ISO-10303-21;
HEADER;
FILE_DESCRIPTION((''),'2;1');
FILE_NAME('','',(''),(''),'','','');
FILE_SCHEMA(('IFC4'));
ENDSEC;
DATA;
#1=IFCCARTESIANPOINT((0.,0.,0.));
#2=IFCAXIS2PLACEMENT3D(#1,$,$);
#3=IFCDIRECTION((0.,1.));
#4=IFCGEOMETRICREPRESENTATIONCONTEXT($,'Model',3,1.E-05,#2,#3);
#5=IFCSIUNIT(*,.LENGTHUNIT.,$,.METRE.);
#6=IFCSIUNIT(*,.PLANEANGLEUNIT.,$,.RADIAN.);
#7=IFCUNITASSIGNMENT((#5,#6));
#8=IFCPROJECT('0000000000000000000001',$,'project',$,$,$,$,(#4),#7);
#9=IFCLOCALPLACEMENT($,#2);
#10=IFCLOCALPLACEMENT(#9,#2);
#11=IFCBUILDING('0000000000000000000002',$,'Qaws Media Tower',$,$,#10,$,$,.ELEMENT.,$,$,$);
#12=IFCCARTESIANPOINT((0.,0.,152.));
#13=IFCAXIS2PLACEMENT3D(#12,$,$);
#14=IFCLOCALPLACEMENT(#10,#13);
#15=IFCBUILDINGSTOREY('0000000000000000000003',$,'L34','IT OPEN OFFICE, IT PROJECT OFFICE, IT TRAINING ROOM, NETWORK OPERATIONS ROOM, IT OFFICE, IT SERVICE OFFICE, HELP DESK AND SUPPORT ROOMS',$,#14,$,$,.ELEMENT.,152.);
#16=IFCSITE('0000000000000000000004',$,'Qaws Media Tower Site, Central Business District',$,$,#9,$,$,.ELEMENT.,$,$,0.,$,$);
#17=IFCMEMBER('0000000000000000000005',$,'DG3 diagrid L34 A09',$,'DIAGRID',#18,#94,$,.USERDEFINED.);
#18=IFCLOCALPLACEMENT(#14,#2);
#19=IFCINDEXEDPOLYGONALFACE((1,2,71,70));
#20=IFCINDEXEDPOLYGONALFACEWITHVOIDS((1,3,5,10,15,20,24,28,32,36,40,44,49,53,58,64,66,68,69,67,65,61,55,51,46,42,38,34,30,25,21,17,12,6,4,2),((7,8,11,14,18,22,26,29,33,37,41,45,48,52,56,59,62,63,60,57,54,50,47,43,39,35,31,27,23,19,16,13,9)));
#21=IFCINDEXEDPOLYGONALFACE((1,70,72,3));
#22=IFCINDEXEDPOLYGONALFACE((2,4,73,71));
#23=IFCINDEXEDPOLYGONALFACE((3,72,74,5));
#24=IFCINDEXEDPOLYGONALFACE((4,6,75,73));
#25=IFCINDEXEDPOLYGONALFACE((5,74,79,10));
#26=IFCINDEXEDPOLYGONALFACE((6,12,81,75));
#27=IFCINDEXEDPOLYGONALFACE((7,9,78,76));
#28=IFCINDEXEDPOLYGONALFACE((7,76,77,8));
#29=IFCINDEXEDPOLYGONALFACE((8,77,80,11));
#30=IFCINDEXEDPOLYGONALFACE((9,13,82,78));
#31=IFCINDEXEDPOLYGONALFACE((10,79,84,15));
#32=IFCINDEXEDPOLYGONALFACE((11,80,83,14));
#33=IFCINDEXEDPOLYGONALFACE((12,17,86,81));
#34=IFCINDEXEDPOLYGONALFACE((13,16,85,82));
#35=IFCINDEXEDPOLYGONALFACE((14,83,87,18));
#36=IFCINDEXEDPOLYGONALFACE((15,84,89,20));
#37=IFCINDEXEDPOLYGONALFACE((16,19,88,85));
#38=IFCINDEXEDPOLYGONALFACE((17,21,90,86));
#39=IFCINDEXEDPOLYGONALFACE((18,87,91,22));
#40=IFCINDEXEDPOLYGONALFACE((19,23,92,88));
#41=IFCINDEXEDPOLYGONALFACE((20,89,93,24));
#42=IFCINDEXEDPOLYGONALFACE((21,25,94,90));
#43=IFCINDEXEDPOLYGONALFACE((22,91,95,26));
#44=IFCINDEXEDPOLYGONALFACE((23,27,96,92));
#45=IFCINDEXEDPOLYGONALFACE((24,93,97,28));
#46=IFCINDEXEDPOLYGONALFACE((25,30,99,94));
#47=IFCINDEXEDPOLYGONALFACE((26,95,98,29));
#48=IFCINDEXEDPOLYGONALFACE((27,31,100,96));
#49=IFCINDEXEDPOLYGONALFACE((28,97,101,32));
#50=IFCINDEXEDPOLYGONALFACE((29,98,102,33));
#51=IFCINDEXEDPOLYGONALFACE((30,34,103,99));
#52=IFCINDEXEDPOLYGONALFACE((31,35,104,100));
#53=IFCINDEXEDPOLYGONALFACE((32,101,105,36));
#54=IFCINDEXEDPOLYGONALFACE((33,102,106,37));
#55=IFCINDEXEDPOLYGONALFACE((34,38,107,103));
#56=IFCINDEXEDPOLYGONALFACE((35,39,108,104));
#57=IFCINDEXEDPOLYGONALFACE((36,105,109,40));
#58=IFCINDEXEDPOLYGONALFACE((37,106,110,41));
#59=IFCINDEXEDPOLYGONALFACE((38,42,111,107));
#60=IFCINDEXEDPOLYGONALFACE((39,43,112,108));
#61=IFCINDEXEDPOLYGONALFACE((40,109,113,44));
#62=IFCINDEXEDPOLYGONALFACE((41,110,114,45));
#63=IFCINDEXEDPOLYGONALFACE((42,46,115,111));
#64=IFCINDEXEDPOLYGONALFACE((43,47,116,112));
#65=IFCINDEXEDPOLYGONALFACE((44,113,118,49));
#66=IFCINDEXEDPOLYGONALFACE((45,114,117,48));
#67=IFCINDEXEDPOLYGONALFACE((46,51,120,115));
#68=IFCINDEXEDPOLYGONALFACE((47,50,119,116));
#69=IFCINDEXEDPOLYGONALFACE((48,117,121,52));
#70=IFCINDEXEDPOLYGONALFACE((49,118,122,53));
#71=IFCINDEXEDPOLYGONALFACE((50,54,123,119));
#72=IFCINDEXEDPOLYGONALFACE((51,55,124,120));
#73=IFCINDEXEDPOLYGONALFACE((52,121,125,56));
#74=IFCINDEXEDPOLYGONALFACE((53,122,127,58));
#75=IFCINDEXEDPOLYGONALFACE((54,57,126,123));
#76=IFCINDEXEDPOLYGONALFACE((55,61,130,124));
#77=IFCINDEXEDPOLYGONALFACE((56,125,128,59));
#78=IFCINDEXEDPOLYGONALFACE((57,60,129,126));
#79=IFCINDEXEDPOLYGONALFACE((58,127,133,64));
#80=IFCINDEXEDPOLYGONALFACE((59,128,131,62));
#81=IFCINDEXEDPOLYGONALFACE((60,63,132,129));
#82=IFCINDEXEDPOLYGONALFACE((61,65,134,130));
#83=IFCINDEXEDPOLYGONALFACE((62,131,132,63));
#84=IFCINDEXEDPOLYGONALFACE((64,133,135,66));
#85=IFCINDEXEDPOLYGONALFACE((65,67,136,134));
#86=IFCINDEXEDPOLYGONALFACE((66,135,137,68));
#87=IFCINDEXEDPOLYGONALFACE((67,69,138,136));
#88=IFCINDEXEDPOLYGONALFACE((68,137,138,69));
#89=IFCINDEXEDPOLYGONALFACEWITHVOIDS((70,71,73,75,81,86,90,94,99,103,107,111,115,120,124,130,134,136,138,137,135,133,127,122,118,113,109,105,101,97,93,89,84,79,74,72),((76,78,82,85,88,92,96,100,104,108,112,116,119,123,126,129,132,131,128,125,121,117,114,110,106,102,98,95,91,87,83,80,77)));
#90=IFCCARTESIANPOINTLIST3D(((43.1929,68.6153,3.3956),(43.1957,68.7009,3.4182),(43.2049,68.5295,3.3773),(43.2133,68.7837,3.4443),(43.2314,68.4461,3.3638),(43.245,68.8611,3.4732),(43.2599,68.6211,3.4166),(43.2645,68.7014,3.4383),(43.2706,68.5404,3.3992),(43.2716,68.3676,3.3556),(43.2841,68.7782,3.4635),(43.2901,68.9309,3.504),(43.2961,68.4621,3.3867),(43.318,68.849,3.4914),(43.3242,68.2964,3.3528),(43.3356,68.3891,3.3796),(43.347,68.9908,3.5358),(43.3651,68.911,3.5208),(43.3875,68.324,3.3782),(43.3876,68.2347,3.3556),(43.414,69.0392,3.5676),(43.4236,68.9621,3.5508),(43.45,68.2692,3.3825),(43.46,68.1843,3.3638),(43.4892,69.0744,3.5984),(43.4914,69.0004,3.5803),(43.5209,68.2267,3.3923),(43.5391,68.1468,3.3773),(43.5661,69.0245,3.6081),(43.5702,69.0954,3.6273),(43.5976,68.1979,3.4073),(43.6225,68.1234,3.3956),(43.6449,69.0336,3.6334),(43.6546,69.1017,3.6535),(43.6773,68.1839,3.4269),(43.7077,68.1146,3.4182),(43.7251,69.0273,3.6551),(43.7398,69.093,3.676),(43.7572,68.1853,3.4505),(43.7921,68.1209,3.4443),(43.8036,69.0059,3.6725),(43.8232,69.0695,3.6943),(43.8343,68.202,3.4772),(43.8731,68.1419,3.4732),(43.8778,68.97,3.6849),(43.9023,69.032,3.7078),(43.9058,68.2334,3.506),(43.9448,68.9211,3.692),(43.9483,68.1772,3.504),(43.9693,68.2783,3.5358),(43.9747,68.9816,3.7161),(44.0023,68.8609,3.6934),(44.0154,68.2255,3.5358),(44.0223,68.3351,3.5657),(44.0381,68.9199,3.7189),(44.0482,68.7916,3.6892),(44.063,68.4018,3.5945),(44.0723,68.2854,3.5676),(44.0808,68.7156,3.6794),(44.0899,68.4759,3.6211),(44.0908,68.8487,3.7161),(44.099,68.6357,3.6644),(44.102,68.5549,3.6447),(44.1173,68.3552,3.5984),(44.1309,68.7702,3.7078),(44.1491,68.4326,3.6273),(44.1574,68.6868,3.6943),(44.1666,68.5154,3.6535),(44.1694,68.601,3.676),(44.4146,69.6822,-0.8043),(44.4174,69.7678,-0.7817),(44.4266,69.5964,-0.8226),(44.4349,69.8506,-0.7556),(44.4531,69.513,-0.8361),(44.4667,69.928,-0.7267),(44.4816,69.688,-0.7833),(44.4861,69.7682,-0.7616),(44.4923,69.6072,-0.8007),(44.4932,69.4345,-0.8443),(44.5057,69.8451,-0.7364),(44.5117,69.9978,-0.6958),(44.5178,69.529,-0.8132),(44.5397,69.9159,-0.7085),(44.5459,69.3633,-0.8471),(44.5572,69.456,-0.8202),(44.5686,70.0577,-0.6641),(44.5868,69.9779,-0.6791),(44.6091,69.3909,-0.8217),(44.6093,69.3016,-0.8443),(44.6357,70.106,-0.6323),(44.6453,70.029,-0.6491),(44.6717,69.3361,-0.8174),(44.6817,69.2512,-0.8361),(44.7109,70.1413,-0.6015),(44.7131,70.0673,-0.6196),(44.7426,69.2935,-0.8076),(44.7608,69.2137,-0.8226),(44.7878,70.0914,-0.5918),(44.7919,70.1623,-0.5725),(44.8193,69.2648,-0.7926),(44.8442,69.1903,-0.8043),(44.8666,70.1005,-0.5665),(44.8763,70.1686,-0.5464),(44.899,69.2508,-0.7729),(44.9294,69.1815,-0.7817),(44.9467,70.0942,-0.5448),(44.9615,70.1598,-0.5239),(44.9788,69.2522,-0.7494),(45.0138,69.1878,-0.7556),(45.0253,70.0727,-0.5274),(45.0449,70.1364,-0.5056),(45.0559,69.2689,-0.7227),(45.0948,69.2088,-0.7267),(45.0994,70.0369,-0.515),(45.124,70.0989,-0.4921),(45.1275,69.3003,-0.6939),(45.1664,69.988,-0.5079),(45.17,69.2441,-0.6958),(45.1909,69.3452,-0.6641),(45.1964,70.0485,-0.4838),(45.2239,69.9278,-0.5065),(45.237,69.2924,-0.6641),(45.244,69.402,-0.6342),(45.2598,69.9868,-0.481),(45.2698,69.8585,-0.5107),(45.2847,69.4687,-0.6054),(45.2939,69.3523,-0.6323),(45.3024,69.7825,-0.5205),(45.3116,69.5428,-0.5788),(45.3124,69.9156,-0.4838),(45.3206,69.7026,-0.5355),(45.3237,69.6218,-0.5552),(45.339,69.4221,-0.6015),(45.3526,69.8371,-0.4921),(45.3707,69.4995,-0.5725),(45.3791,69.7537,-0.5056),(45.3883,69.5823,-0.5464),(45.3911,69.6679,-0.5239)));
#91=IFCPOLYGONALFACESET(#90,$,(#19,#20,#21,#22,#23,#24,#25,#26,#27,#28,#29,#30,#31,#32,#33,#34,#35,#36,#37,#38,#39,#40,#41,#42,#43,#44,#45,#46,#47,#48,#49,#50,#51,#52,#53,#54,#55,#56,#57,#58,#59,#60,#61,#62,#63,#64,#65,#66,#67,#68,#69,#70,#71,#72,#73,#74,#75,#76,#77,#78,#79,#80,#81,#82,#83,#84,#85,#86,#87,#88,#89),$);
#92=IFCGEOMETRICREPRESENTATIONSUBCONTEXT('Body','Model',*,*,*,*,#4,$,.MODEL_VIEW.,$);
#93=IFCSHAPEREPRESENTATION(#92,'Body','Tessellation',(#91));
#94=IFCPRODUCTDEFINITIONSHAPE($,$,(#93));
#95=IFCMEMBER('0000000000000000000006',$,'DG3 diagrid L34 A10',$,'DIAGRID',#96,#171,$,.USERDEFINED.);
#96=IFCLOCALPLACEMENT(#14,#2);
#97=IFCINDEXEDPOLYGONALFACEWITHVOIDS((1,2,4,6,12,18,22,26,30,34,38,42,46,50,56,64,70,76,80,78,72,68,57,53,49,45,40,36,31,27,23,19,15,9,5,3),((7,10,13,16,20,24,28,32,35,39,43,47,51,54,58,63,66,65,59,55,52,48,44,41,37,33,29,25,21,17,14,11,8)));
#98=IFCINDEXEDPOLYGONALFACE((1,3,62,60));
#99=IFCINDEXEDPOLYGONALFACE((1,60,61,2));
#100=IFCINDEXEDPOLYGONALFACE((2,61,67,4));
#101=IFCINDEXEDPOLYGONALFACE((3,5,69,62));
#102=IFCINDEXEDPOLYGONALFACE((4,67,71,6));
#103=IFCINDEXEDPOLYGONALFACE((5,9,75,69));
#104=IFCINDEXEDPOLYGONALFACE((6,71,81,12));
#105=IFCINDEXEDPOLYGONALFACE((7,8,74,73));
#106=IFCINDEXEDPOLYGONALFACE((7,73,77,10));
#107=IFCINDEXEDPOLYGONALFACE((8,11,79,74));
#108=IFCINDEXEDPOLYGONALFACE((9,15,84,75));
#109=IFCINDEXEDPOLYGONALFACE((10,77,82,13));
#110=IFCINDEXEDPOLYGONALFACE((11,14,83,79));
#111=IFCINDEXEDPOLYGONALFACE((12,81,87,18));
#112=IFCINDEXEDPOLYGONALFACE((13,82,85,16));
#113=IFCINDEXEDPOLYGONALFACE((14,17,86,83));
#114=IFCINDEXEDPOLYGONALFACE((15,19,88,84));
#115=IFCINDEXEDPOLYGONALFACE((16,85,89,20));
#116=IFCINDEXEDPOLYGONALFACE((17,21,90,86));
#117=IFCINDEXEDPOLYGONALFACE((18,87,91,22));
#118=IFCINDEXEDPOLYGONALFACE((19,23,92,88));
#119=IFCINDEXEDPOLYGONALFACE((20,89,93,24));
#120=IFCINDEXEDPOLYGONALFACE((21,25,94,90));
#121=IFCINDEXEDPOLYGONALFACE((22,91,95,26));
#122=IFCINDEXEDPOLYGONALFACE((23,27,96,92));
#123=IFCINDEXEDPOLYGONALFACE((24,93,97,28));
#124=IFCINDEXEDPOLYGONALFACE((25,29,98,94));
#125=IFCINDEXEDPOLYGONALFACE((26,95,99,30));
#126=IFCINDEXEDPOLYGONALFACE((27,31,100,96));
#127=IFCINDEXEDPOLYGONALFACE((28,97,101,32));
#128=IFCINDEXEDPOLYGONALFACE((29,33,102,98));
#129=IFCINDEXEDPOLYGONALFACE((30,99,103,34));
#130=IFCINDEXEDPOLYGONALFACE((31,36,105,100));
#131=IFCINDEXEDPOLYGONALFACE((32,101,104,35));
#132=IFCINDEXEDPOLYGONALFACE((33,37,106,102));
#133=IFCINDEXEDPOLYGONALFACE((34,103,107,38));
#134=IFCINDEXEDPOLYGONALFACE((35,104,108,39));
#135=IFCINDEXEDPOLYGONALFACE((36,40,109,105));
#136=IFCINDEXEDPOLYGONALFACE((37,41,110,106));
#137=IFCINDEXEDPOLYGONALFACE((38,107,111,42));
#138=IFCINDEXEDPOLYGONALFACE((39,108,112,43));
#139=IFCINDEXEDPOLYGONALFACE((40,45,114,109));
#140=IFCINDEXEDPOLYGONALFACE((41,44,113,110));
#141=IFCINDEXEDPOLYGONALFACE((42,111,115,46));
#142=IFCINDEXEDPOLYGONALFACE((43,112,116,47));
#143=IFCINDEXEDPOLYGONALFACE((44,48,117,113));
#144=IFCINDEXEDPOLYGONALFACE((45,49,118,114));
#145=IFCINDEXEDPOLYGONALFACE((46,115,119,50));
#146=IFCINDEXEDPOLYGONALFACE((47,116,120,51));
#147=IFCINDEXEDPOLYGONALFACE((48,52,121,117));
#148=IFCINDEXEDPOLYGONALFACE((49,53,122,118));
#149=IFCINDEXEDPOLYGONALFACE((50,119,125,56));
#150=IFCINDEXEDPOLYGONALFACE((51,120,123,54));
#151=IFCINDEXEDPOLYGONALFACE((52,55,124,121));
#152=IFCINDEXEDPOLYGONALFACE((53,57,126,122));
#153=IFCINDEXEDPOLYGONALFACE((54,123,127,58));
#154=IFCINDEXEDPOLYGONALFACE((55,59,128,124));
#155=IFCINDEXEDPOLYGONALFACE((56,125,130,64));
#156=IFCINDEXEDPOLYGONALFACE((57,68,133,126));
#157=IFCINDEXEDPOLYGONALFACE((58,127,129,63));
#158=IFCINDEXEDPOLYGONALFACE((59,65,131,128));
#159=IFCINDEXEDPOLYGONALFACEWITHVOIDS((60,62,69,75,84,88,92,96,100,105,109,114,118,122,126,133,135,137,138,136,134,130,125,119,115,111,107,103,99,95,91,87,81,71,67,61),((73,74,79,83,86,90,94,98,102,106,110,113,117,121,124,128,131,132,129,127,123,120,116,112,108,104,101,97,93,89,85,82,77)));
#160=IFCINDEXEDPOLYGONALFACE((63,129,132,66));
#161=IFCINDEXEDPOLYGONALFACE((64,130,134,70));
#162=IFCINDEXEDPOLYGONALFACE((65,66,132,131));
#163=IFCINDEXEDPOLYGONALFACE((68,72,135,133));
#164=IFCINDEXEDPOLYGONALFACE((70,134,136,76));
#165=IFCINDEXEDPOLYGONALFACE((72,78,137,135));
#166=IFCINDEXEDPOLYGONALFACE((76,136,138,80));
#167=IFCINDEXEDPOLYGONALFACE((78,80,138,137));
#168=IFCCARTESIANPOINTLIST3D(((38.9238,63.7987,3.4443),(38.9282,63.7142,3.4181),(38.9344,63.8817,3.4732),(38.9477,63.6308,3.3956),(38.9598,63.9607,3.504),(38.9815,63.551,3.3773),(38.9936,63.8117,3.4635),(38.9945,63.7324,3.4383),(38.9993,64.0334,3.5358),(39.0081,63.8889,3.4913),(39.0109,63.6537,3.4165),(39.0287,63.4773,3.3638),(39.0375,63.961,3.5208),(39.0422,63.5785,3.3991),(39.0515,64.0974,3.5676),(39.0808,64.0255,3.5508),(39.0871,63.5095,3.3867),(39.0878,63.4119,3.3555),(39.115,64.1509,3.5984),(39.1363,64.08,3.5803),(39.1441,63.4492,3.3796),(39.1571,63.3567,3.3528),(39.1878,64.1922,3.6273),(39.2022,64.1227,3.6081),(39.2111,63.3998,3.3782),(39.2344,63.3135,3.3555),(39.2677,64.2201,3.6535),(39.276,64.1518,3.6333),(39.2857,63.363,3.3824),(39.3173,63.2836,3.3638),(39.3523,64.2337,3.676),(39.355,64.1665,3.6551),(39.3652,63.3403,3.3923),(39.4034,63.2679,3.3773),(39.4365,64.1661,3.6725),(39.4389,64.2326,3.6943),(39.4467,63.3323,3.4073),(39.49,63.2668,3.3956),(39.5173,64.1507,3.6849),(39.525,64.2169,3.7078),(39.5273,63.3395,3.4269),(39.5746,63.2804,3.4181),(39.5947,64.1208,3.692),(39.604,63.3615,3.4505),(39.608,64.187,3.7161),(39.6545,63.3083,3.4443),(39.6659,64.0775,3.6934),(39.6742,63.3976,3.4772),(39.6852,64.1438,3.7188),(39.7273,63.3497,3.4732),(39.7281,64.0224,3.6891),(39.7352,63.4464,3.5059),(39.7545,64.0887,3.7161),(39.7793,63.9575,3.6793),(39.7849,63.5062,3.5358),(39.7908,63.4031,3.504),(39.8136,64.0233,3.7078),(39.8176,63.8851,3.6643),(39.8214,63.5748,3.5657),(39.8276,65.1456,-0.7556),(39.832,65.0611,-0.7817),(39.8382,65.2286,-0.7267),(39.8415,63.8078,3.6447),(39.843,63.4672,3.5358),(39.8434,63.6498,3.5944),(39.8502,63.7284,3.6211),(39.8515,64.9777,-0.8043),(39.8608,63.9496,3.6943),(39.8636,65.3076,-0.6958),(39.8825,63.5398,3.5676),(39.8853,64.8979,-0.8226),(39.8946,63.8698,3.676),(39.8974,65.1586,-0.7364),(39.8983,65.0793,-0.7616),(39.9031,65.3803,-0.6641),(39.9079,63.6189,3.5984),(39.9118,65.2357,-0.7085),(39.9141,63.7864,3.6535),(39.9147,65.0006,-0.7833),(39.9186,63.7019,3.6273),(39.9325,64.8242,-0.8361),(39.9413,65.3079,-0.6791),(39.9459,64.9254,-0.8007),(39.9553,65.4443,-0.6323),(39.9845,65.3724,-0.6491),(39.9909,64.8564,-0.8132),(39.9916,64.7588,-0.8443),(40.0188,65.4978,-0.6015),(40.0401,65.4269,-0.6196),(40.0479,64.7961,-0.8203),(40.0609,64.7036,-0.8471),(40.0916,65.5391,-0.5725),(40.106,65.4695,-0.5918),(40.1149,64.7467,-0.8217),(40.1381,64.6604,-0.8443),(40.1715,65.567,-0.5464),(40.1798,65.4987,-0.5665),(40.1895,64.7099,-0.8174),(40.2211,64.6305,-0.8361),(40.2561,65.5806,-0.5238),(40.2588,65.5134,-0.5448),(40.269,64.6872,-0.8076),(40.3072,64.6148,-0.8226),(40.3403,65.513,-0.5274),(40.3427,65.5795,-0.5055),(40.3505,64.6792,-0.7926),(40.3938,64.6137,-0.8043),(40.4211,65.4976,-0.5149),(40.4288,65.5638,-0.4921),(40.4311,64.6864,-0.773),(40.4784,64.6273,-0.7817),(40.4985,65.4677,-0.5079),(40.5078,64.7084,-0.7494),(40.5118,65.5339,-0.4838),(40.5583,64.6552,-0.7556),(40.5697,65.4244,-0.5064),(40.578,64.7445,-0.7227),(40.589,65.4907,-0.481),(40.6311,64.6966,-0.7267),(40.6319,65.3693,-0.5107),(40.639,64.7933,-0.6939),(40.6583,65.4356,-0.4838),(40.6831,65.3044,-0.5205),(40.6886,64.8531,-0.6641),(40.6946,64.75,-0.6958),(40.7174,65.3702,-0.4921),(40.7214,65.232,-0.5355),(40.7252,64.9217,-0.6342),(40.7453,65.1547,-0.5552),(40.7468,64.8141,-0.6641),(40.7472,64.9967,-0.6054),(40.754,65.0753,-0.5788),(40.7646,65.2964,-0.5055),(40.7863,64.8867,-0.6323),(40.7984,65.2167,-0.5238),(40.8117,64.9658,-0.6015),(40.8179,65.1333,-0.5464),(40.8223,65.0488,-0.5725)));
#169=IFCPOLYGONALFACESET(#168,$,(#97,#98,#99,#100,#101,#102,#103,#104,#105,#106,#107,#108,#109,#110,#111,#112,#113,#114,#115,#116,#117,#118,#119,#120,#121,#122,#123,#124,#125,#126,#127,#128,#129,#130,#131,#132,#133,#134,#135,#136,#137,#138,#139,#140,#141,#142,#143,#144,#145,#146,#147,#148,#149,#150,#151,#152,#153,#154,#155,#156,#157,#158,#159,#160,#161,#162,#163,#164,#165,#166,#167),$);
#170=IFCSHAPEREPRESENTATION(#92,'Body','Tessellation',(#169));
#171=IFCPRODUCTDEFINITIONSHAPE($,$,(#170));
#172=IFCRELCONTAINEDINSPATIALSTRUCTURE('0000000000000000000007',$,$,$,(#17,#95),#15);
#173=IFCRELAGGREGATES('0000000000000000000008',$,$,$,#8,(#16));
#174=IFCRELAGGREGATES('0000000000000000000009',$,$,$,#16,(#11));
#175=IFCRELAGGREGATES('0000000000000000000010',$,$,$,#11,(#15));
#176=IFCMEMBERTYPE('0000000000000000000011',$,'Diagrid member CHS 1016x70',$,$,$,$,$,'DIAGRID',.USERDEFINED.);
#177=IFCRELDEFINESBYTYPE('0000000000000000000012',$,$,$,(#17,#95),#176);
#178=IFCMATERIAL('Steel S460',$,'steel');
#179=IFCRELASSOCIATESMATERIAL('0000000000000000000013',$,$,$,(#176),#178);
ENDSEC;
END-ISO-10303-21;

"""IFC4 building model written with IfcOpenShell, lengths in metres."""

from ifc_helpers import new_model, si_unit, direction, frame, origin, origin_2d, place, context, subcontext, project, spatial, hollow_circle, extrude, material, material_profile, profile_set, type_object, element, save


model = new_model("IFC4")

# Units and contexts
model_context = context("Model", 3, precision=1e-05, world=origin(), true_north=direction((0.0, 1.0)))
body_context = subcontext(model_context, "Body", "Model", "MODEL_VIEW")
ifc_project = project(units=[si_unit("LENGTHUNIT", "METRE"), si_unit("PLANEANGLEUNIT", "RADIAN")], contexts=[model_context])

# Site, building, storey
site_placement = place(None, origin())
site = spatial("IfcSite", under=ifc_project, at=site_placement, Name="Qaws Media Tower Site, Central Business District", CompositionType="ELEMENT", RefElevation=0.0)
building_placement = place(site_placement, origin())
building = spatial("IfcBuilding", under=site, at=building_placement, Name="Qaws Media Tower", CompositionType="ELEMENT")
storey_placement = place(building_placement, frame((0.0, 0.0, 152.0)))
storey = spatial("IfcBuildingStorey", under=building, at=storey_placement, Name="L34", Description="IT OPEN OFFICE, IT PROJECT OFFICE, IT TRAINING ROOM, NETWORK OPERATIONS ROOM, IT OFFICE, IT SERVICE OFFICE, HELP DESK AND SUPPORT ROOMS", CompositionType="ELEMENT", Elevation=152.0)

# Members
ifc_material_1 = material(Name="Steel S460", Category="steel")
ifc_material_profile_1 = material_profile(ifc_material_1, hollow_circle(Radius=0.5081, WallThickness=0.0701, at=origin_2d()), Name="CHS 1016x70")
ifc_profile_set_1 = profile_set([ifc_material_profile_1], Name="Steel S460")
member_type_1 = type_object("IfcMemberType", Name="Diagrid member CHS 1016x70", ElementType="DIAGRID", PredefinedType="USERDEFINED", material=ifc_profile_set_1)
for number, where, z_axis, x_axis, name in (
    (1, (44.9028, 69.675, -0.6641), (-0.271348, -0.236969, 0.932854), (0.65778, -0.75321, 0.0), "DG3 diagrid L34 A09"),
    (2, (40.325, 65.0972, -0.6641), (-0.200744, -0.299164, 0.932847), (0.830379, -0.557199, 0.0), "DG3 diagrid L34 A10"),
):
    element("IfcMember", number, at=place(storey_placement, frame(where, z_axis=z_axis, x_axis=x_axis)), inside=storey, type_object=member_type_1, Name=name, ObjectType="DIAGRID", PredefinedType="USERDEFINED", context=body_context, shape_type="SweptSolid", body=[
        extrude(hollow_circle(Radius=0.5081, WallThickness=0.0701, at=origin_2d()), origin(), (0.0, 0.0, 1.0), 4.5022),
    ])

save(model, "model.ifc")
